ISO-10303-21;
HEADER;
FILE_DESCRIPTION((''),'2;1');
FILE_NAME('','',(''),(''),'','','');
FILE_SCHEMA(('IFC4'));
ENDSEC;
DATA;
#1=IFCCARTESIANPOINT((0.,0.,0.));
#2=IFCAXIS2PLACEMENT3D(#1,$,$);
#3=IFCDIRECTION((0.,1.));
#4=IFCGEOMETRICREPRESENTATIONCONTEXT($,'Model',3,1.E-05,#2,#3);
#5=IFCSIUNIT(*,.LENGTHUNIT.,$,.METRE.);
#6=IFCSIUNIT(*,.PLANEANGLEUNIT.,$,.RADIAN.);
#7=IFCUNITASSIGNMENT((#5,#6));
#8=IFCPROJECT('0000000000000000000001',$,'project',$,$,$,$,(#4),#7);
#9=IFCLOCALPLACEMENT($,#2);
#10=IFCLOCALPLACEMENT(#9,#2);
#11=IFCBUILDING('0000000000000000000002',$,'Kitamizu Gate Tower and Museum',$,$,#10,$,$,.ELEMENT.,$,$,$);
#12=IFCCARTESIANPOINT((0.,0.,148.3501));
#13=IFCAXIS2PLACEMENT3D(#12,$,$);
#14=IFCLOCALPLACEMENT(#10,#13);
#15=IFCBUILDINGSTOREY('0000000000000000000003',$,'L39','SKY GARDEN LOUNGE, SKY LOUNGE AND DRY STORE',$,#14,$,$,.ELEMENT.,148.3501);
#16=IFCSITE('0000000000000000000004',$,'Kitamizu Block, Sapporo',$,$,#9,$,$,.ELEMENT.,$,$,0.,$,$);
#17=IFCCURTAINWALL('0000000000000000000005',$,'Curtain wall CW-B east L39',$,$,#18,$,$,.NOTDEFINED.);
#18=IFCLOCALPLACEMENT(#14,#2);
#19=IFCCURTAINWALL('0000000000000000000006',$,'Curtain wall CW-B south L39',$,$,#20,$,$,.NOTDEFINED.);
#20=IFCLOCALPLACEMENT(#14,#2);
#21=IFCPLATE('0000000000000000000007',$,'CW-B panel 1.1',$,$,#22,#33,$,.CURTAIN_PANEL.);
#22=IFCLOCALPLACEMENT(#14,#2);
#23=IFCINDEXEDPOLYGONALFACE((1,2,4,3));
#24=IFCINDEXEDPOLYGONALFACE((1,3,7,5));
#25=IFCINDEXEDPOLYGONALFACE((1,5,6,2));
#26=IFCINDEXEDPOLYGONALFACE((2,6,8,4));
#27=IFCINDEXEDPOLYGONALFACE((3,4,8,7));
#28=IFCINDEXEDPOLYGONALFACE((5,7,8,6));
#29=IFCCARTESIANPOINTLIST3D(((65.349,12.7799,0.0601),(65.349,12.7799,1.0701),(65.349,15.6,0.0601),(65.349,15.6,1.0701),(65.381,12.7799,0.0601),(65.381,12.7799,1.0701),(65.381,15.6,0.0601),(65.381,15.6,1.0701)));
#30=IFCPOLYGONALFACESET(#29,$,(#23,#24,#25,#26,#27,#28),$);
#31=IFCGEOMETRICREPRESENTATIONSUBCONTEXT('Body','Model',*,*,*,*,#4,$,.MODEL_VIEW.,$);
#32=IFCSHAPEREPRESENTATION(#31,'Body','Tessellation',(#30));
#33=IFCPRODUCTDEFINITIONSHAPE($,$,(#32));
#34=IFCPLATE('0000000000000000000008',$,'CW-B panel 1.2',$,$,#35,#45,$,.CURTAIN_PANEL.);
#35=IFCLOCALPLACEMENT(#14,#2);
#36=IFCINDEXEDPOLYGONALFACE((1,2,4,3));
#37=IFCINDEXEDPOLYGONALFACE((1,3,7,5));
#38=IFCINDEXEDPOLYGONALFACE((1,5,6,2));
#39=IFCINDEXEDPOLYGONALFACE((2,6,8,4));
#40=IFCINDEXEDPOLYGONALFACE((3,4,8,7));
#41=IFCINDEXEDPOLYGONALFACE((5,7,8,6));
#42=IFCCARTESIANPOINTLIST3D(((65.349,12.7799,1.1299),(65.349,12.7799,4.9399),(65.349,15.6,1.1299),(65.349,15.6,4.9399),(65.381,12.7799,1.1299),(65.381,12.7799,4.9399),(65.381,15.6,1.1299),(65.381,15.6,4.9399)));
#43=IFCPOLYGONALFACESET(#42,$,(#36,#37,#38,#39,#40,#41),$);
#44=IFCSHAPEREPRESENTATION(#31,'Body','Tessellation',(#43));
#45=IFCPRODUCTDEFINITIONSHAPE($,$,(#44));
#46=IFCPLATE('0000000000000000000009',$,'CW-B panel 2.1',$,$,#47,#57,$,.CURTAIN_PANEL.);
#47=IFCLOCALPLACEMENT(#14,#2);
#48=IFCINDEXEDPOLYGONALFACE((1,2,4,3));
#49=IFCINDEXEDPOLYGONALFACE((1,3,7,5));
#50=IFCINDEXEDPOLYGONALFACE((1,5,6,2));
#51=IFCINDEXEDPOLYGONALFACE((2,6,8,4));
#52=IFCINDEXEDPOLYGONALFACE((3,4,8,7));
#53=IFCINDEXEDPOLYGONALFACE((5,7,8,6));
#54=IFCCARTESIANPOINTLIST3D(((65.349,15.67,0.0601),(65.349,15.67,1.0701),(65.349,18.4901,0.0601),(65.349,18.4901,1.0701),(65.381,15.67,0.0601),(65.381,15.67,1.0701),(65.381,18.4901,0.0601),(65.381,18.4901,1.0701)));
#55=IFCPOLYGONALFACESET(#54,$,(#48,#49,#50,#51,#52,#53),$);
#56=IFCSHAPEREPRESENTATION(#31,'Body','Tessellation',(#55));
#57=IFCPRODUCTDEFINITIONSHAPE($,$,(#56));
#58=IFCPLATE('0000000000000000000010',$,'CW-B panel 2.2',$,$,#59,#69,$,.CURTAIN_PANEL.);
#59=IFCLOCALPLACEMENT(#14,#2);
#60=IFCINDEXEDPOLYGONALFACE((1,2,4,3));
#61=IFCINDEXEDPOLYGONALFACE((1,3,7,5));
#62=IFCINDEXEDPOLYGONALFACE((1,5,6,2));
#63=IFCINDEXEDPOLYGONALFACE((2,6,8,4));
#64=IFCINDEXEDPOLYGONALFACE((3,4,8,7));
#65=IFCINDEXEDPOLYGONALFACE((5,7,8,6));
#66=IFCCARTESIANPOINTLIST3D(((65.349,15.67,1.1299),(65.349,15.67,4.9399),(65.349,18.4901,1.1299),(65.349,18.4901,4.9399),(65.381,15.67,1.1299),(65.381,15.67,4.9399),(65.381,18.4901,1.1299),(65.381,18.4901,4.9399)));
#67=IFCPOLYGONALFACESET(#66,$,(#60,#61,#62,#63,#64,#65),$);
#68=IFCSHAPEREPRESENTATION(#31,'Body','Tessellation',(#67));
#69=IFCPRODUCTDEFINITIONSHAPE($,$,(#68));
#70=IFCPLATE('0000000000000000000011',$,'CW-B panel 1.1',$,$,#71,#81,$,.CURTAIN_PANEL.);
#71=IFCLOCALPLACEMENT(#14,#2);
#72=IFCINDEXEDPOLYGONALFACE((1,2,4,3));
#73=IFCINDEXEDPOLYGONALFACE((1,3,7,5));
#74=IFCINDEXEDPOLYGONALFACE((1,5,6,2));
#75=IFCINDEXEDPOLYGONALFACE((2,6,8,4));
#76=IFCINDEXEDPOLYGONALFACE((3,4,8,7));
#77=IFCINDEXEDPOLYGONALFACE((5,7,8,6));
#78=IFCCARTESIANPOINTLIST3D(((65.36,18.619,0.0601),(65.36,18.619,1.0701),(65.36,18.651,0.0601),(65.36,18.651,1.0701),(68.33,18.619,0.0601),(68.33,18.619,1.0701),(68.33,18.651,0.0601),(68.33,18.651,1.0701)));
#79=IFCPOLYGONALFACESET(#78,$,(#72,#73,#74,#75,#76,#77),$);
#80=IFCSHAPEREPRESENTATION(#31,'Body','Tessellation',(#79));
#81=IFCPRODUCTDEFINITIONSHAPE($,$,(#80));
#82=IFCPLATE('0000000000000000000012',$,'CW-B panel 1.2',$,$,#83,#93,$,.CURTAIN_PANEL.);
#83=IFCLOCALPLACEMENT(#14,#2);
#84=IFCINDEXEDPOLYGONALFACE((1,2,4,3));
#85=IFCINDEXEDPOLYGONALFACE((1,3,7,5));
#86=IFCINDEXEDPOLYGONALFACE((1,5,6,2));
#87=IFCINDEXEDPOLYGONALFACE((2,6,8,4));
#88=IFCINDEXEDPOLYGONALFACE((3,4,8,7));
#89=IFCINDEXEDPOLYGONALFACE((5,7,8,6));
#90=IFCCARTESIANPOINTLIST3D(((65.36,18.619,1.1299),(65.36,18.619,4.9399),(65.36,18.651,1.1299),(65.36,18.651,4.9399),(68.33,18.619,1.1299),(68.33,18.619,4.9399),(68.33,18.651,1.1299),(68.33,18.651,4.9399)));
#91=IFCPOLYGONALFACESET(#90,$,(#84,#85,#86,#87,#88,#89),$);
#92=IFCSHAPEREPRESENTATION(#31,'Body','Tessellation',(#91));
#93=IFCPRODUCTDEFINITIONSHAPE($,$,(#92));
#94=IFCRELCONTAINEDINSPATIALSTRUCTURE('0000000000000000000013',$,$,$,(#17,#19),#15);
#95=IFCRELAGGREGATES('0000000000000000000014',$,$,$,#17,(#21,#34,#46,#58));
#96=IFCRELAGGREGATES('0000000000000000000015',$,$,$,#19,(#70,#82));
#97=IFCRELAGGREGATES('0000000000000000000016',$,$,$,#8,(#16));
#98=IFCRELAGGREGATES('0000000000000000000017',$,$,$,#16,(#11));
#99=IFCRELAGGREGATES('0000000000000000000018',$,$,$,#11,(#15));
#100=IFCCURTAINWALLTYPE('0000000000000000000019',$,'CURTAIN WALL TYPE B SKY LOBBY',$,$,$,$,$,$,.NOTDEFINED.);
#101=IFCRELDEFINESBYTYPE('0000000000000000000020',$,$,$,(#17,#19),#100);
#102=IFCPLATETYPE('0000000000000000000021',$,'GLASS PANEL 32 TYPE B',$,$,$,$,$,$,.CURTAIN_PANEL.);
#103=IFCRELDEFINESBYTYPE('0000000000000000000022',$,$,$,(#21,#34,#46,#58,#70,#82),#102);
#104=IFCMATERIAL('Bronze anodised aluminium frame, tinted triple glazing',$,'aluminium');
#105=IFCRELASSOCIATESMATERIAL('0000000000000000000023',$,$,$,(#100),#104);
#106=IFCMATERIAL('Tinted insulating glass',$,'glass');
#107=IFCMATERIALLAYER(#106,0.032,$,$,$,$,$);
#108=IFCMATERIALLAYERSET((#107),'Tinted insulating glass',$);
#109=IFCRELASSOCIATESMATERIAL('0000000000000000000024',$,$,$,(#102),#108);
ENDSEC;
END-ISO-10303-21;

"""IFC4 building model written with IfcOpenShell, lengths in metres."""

from ifc_helpers import new_model, si_unit, direction, frame, origin, origin_2d, place, context, subcontext, project, spatial, rectangle, extrude, material, layer, layer_set, type_object, element, aggregate, save


model = new_model("IFC4")

# Units and contexts
model_context = context("Model", 3, precision=1e-05, world=origin(), true_north=direction((0.0, 1.0)))
body_context = subcontext(model_context, "Body", "Model", "MODEL_VIEW")
ifc_project = project(units=[si_unit("LENGTHUNIT", "METRE"), si_unit("PLANEANGLEUNIT", "RADIAN")], contexts=[model_context])

# Site, building, storey
site_placement = place(None, origin())
site = spatial("IfcSite", under=ifc_project, at=site_placement, Name="Kitamizu Block, Sapporo", CompositionType="ELEMENT", RefElevation=0.0)
building_placement = place(site_placement, origin())
building = spatial("IfcBuilding", under=site, at=building_placement, Name="Kitamizu Gate Tower and Museum", CompositionType="ELEMENT")
storey_placement = place(building_placement, frame((0.0, 0.0, 148.3501)))
storey = spatial("IfcBuildingStorey", under=building, at=storey_placement, Name="L39", Description="SKY GARDEN LOUNGE, SKY LOUNGE AND DRY STORE", CompositionType="ELEMENT", Elevation=148.3501)

# Shared definitions
ifc_material_1 = material(Name="Bronze anodised aluminium frame, tinted triple glazing", Category="aluminium")
curtain_wall_type = type_object("IfcCurtainWallType", Name="CURTAIN WALL TYPE B SKY LOBBY", PredefinedType="NOTDEFINED", material=ifc_material_1)

# Curtain wall
curtain_wall_1_placement = place(storey_placement, origin())
curtain_wall_1 = element("IfcCurtainWall", 1, at=curtain_wall_1_placement, inside=storey, type_object=curtain_wall_type, Name="Curtain wall CW-B east L39", PredefinedType="NOTDEFINED")

# Curtain wall
curtain_wall_2_placement = place(storey_placement, origin())
curtain_wall_2 = element("IfcCurtainWall", 2, at=curtain_wall_2_placement, inside=storey, type_object=curtain_wall_type, Name="Curtain wall CW-B south L39", PredefinedType="NOTDEFINED")

# Plates
ifc_material_2 = material(Name="Tinted insulating glass", Category="glass")
ifc_layer = layer(ifc_material_2, 0.032)
ifc_layer_set = layer_set([ifc_layer], Name="Tinted insulating glass")
plate_type = type_object("IfcPlateType", Name="GLASS PANEL 32 TYPE B", PredefinedType="CURTAIN_PANEL", material=ifc_layer_set)
plate_1_placement = place(storey_placement, frame((65.365, 14.1899, 0.0601), z_axis=(0.0, 0.0, 1.0), x_axis=(0.0, 1.0, 0.0)))
plate_1 = element("IfcPlate", 3, at=plate_1_placement, type_object=plate_type, Name="CW-B panel 1.1", PredefinedType="CURTAIN_PANEL", context=body_context, shape_type="SweptSolid", body=[
    extrude(rectangle(XDim=2.8201, YDim=0.032, at=origin_2d()), origin(), (0.0, 0.0, 1.0), 1.01),
])
plate_2_placement = place(storey_placement, frame((65.365, 14.1899, 1.1299), z_axis=(0.0, 0.0, 1.0), x_axis=(0.0, 1.0, 0.0)))
plate_2 = element("IfcPlate", 4, at=plate_2_placement, type_object=plate_type, Name="CW-B panel 1.2", PredefinedType="CURTAIN_PANEL", context=body_context, shape_type="SweptSolid", body=[
    extrude(rectangle(XDim=2.8201, YDim=0.032, at=origin_2d()), origin(), (0.0, 0.0, 1.0), 3.8101),
])
plate_3_placement = place(storey_placement, frame((65.365, 17.0801, 0.0601), z_axis=(0.0, 0.0, 1.0), x_axis=(0.0, 1.0, 0.0)))
plate_3 = element("IfcPlate", 5, at=plate_3_placement, type_object=plate_type, Name="CW-B panel 2.1", PredefinedType="CURTAIN_PANEL", context=body_context, shape_type="SweptSolid", body=[
    extrude(rectangle(XDim=2.8201, YDim=0.032, at=origin_2d()), origin(), (0.0, 0.0, 1.0), 1.01),
])
plate_4_placement = place(storey_placement, frame((65.365, 17.0801, 1.1299), z_axis=(0.0, 0.0, 1.0), x_axis=(0.0, 1.0, 0.0)))
plate_4 = element("IfcPlate", 6, at=plate_4_placement, type_object=plate_type, Name="CW-B panel 2.2", PredefinedType="CURTAIN_PANEL", context=body_context, shape_type="SweptSolid", body=[
    extrude(rectangle(XDim=2.8201, YDim=0.032, at=origin_2d()), origin(), (0.0, 0.0, 1.0), 3.8101),
])
aggregate(curtain_wall_1, [plate_1, plate_2, plate_3, plate_4])
plate_5_placement = place(storey_placement, frame((66.845, 18.635, 0.0601), z_axis=(0.0, 0.0, 1.0), x_axis=(1.0, 0.0, 0.0)))
plate_5 = element("IfcPlate", 7, at=plate_5_placement, type_object=plate_type, Name="CW-B panel 1.1", PredefinedType="CURTAIN_PANEL", context=body_context, shape_type="SweptSolid", body=[
    extrude(rectangle(XDim=2.97, YDim=0.032, at=origin_2d()), origin(), (0.0, 0.0, 1.0), 1.01),
])
plate_6_placement = place(storey_placement, frame((66.845, 18.635, 1.1299), z_axis=(0.0, 0.0, 1.0), x_axis=(1.0, 0.0, 0.0)))
plate_6 = element("IfcPlate", 8, at=plate_6_placement, type_object=plate_type, Name="CW-B panel 1.2", PredefinedType="CURTAIN_PANEL", context=body_context, shape_type="SweptSolid", body=[
    extrude(rectangle(XDim=2.97, YDim=0.032, at=origin_2d()), origin(), (0.0, 0.0, 1.0), 3.8101),
])
aggregate(curtain_wall_2, [plate_5, plate_6])

save(model, "model.ifc")
